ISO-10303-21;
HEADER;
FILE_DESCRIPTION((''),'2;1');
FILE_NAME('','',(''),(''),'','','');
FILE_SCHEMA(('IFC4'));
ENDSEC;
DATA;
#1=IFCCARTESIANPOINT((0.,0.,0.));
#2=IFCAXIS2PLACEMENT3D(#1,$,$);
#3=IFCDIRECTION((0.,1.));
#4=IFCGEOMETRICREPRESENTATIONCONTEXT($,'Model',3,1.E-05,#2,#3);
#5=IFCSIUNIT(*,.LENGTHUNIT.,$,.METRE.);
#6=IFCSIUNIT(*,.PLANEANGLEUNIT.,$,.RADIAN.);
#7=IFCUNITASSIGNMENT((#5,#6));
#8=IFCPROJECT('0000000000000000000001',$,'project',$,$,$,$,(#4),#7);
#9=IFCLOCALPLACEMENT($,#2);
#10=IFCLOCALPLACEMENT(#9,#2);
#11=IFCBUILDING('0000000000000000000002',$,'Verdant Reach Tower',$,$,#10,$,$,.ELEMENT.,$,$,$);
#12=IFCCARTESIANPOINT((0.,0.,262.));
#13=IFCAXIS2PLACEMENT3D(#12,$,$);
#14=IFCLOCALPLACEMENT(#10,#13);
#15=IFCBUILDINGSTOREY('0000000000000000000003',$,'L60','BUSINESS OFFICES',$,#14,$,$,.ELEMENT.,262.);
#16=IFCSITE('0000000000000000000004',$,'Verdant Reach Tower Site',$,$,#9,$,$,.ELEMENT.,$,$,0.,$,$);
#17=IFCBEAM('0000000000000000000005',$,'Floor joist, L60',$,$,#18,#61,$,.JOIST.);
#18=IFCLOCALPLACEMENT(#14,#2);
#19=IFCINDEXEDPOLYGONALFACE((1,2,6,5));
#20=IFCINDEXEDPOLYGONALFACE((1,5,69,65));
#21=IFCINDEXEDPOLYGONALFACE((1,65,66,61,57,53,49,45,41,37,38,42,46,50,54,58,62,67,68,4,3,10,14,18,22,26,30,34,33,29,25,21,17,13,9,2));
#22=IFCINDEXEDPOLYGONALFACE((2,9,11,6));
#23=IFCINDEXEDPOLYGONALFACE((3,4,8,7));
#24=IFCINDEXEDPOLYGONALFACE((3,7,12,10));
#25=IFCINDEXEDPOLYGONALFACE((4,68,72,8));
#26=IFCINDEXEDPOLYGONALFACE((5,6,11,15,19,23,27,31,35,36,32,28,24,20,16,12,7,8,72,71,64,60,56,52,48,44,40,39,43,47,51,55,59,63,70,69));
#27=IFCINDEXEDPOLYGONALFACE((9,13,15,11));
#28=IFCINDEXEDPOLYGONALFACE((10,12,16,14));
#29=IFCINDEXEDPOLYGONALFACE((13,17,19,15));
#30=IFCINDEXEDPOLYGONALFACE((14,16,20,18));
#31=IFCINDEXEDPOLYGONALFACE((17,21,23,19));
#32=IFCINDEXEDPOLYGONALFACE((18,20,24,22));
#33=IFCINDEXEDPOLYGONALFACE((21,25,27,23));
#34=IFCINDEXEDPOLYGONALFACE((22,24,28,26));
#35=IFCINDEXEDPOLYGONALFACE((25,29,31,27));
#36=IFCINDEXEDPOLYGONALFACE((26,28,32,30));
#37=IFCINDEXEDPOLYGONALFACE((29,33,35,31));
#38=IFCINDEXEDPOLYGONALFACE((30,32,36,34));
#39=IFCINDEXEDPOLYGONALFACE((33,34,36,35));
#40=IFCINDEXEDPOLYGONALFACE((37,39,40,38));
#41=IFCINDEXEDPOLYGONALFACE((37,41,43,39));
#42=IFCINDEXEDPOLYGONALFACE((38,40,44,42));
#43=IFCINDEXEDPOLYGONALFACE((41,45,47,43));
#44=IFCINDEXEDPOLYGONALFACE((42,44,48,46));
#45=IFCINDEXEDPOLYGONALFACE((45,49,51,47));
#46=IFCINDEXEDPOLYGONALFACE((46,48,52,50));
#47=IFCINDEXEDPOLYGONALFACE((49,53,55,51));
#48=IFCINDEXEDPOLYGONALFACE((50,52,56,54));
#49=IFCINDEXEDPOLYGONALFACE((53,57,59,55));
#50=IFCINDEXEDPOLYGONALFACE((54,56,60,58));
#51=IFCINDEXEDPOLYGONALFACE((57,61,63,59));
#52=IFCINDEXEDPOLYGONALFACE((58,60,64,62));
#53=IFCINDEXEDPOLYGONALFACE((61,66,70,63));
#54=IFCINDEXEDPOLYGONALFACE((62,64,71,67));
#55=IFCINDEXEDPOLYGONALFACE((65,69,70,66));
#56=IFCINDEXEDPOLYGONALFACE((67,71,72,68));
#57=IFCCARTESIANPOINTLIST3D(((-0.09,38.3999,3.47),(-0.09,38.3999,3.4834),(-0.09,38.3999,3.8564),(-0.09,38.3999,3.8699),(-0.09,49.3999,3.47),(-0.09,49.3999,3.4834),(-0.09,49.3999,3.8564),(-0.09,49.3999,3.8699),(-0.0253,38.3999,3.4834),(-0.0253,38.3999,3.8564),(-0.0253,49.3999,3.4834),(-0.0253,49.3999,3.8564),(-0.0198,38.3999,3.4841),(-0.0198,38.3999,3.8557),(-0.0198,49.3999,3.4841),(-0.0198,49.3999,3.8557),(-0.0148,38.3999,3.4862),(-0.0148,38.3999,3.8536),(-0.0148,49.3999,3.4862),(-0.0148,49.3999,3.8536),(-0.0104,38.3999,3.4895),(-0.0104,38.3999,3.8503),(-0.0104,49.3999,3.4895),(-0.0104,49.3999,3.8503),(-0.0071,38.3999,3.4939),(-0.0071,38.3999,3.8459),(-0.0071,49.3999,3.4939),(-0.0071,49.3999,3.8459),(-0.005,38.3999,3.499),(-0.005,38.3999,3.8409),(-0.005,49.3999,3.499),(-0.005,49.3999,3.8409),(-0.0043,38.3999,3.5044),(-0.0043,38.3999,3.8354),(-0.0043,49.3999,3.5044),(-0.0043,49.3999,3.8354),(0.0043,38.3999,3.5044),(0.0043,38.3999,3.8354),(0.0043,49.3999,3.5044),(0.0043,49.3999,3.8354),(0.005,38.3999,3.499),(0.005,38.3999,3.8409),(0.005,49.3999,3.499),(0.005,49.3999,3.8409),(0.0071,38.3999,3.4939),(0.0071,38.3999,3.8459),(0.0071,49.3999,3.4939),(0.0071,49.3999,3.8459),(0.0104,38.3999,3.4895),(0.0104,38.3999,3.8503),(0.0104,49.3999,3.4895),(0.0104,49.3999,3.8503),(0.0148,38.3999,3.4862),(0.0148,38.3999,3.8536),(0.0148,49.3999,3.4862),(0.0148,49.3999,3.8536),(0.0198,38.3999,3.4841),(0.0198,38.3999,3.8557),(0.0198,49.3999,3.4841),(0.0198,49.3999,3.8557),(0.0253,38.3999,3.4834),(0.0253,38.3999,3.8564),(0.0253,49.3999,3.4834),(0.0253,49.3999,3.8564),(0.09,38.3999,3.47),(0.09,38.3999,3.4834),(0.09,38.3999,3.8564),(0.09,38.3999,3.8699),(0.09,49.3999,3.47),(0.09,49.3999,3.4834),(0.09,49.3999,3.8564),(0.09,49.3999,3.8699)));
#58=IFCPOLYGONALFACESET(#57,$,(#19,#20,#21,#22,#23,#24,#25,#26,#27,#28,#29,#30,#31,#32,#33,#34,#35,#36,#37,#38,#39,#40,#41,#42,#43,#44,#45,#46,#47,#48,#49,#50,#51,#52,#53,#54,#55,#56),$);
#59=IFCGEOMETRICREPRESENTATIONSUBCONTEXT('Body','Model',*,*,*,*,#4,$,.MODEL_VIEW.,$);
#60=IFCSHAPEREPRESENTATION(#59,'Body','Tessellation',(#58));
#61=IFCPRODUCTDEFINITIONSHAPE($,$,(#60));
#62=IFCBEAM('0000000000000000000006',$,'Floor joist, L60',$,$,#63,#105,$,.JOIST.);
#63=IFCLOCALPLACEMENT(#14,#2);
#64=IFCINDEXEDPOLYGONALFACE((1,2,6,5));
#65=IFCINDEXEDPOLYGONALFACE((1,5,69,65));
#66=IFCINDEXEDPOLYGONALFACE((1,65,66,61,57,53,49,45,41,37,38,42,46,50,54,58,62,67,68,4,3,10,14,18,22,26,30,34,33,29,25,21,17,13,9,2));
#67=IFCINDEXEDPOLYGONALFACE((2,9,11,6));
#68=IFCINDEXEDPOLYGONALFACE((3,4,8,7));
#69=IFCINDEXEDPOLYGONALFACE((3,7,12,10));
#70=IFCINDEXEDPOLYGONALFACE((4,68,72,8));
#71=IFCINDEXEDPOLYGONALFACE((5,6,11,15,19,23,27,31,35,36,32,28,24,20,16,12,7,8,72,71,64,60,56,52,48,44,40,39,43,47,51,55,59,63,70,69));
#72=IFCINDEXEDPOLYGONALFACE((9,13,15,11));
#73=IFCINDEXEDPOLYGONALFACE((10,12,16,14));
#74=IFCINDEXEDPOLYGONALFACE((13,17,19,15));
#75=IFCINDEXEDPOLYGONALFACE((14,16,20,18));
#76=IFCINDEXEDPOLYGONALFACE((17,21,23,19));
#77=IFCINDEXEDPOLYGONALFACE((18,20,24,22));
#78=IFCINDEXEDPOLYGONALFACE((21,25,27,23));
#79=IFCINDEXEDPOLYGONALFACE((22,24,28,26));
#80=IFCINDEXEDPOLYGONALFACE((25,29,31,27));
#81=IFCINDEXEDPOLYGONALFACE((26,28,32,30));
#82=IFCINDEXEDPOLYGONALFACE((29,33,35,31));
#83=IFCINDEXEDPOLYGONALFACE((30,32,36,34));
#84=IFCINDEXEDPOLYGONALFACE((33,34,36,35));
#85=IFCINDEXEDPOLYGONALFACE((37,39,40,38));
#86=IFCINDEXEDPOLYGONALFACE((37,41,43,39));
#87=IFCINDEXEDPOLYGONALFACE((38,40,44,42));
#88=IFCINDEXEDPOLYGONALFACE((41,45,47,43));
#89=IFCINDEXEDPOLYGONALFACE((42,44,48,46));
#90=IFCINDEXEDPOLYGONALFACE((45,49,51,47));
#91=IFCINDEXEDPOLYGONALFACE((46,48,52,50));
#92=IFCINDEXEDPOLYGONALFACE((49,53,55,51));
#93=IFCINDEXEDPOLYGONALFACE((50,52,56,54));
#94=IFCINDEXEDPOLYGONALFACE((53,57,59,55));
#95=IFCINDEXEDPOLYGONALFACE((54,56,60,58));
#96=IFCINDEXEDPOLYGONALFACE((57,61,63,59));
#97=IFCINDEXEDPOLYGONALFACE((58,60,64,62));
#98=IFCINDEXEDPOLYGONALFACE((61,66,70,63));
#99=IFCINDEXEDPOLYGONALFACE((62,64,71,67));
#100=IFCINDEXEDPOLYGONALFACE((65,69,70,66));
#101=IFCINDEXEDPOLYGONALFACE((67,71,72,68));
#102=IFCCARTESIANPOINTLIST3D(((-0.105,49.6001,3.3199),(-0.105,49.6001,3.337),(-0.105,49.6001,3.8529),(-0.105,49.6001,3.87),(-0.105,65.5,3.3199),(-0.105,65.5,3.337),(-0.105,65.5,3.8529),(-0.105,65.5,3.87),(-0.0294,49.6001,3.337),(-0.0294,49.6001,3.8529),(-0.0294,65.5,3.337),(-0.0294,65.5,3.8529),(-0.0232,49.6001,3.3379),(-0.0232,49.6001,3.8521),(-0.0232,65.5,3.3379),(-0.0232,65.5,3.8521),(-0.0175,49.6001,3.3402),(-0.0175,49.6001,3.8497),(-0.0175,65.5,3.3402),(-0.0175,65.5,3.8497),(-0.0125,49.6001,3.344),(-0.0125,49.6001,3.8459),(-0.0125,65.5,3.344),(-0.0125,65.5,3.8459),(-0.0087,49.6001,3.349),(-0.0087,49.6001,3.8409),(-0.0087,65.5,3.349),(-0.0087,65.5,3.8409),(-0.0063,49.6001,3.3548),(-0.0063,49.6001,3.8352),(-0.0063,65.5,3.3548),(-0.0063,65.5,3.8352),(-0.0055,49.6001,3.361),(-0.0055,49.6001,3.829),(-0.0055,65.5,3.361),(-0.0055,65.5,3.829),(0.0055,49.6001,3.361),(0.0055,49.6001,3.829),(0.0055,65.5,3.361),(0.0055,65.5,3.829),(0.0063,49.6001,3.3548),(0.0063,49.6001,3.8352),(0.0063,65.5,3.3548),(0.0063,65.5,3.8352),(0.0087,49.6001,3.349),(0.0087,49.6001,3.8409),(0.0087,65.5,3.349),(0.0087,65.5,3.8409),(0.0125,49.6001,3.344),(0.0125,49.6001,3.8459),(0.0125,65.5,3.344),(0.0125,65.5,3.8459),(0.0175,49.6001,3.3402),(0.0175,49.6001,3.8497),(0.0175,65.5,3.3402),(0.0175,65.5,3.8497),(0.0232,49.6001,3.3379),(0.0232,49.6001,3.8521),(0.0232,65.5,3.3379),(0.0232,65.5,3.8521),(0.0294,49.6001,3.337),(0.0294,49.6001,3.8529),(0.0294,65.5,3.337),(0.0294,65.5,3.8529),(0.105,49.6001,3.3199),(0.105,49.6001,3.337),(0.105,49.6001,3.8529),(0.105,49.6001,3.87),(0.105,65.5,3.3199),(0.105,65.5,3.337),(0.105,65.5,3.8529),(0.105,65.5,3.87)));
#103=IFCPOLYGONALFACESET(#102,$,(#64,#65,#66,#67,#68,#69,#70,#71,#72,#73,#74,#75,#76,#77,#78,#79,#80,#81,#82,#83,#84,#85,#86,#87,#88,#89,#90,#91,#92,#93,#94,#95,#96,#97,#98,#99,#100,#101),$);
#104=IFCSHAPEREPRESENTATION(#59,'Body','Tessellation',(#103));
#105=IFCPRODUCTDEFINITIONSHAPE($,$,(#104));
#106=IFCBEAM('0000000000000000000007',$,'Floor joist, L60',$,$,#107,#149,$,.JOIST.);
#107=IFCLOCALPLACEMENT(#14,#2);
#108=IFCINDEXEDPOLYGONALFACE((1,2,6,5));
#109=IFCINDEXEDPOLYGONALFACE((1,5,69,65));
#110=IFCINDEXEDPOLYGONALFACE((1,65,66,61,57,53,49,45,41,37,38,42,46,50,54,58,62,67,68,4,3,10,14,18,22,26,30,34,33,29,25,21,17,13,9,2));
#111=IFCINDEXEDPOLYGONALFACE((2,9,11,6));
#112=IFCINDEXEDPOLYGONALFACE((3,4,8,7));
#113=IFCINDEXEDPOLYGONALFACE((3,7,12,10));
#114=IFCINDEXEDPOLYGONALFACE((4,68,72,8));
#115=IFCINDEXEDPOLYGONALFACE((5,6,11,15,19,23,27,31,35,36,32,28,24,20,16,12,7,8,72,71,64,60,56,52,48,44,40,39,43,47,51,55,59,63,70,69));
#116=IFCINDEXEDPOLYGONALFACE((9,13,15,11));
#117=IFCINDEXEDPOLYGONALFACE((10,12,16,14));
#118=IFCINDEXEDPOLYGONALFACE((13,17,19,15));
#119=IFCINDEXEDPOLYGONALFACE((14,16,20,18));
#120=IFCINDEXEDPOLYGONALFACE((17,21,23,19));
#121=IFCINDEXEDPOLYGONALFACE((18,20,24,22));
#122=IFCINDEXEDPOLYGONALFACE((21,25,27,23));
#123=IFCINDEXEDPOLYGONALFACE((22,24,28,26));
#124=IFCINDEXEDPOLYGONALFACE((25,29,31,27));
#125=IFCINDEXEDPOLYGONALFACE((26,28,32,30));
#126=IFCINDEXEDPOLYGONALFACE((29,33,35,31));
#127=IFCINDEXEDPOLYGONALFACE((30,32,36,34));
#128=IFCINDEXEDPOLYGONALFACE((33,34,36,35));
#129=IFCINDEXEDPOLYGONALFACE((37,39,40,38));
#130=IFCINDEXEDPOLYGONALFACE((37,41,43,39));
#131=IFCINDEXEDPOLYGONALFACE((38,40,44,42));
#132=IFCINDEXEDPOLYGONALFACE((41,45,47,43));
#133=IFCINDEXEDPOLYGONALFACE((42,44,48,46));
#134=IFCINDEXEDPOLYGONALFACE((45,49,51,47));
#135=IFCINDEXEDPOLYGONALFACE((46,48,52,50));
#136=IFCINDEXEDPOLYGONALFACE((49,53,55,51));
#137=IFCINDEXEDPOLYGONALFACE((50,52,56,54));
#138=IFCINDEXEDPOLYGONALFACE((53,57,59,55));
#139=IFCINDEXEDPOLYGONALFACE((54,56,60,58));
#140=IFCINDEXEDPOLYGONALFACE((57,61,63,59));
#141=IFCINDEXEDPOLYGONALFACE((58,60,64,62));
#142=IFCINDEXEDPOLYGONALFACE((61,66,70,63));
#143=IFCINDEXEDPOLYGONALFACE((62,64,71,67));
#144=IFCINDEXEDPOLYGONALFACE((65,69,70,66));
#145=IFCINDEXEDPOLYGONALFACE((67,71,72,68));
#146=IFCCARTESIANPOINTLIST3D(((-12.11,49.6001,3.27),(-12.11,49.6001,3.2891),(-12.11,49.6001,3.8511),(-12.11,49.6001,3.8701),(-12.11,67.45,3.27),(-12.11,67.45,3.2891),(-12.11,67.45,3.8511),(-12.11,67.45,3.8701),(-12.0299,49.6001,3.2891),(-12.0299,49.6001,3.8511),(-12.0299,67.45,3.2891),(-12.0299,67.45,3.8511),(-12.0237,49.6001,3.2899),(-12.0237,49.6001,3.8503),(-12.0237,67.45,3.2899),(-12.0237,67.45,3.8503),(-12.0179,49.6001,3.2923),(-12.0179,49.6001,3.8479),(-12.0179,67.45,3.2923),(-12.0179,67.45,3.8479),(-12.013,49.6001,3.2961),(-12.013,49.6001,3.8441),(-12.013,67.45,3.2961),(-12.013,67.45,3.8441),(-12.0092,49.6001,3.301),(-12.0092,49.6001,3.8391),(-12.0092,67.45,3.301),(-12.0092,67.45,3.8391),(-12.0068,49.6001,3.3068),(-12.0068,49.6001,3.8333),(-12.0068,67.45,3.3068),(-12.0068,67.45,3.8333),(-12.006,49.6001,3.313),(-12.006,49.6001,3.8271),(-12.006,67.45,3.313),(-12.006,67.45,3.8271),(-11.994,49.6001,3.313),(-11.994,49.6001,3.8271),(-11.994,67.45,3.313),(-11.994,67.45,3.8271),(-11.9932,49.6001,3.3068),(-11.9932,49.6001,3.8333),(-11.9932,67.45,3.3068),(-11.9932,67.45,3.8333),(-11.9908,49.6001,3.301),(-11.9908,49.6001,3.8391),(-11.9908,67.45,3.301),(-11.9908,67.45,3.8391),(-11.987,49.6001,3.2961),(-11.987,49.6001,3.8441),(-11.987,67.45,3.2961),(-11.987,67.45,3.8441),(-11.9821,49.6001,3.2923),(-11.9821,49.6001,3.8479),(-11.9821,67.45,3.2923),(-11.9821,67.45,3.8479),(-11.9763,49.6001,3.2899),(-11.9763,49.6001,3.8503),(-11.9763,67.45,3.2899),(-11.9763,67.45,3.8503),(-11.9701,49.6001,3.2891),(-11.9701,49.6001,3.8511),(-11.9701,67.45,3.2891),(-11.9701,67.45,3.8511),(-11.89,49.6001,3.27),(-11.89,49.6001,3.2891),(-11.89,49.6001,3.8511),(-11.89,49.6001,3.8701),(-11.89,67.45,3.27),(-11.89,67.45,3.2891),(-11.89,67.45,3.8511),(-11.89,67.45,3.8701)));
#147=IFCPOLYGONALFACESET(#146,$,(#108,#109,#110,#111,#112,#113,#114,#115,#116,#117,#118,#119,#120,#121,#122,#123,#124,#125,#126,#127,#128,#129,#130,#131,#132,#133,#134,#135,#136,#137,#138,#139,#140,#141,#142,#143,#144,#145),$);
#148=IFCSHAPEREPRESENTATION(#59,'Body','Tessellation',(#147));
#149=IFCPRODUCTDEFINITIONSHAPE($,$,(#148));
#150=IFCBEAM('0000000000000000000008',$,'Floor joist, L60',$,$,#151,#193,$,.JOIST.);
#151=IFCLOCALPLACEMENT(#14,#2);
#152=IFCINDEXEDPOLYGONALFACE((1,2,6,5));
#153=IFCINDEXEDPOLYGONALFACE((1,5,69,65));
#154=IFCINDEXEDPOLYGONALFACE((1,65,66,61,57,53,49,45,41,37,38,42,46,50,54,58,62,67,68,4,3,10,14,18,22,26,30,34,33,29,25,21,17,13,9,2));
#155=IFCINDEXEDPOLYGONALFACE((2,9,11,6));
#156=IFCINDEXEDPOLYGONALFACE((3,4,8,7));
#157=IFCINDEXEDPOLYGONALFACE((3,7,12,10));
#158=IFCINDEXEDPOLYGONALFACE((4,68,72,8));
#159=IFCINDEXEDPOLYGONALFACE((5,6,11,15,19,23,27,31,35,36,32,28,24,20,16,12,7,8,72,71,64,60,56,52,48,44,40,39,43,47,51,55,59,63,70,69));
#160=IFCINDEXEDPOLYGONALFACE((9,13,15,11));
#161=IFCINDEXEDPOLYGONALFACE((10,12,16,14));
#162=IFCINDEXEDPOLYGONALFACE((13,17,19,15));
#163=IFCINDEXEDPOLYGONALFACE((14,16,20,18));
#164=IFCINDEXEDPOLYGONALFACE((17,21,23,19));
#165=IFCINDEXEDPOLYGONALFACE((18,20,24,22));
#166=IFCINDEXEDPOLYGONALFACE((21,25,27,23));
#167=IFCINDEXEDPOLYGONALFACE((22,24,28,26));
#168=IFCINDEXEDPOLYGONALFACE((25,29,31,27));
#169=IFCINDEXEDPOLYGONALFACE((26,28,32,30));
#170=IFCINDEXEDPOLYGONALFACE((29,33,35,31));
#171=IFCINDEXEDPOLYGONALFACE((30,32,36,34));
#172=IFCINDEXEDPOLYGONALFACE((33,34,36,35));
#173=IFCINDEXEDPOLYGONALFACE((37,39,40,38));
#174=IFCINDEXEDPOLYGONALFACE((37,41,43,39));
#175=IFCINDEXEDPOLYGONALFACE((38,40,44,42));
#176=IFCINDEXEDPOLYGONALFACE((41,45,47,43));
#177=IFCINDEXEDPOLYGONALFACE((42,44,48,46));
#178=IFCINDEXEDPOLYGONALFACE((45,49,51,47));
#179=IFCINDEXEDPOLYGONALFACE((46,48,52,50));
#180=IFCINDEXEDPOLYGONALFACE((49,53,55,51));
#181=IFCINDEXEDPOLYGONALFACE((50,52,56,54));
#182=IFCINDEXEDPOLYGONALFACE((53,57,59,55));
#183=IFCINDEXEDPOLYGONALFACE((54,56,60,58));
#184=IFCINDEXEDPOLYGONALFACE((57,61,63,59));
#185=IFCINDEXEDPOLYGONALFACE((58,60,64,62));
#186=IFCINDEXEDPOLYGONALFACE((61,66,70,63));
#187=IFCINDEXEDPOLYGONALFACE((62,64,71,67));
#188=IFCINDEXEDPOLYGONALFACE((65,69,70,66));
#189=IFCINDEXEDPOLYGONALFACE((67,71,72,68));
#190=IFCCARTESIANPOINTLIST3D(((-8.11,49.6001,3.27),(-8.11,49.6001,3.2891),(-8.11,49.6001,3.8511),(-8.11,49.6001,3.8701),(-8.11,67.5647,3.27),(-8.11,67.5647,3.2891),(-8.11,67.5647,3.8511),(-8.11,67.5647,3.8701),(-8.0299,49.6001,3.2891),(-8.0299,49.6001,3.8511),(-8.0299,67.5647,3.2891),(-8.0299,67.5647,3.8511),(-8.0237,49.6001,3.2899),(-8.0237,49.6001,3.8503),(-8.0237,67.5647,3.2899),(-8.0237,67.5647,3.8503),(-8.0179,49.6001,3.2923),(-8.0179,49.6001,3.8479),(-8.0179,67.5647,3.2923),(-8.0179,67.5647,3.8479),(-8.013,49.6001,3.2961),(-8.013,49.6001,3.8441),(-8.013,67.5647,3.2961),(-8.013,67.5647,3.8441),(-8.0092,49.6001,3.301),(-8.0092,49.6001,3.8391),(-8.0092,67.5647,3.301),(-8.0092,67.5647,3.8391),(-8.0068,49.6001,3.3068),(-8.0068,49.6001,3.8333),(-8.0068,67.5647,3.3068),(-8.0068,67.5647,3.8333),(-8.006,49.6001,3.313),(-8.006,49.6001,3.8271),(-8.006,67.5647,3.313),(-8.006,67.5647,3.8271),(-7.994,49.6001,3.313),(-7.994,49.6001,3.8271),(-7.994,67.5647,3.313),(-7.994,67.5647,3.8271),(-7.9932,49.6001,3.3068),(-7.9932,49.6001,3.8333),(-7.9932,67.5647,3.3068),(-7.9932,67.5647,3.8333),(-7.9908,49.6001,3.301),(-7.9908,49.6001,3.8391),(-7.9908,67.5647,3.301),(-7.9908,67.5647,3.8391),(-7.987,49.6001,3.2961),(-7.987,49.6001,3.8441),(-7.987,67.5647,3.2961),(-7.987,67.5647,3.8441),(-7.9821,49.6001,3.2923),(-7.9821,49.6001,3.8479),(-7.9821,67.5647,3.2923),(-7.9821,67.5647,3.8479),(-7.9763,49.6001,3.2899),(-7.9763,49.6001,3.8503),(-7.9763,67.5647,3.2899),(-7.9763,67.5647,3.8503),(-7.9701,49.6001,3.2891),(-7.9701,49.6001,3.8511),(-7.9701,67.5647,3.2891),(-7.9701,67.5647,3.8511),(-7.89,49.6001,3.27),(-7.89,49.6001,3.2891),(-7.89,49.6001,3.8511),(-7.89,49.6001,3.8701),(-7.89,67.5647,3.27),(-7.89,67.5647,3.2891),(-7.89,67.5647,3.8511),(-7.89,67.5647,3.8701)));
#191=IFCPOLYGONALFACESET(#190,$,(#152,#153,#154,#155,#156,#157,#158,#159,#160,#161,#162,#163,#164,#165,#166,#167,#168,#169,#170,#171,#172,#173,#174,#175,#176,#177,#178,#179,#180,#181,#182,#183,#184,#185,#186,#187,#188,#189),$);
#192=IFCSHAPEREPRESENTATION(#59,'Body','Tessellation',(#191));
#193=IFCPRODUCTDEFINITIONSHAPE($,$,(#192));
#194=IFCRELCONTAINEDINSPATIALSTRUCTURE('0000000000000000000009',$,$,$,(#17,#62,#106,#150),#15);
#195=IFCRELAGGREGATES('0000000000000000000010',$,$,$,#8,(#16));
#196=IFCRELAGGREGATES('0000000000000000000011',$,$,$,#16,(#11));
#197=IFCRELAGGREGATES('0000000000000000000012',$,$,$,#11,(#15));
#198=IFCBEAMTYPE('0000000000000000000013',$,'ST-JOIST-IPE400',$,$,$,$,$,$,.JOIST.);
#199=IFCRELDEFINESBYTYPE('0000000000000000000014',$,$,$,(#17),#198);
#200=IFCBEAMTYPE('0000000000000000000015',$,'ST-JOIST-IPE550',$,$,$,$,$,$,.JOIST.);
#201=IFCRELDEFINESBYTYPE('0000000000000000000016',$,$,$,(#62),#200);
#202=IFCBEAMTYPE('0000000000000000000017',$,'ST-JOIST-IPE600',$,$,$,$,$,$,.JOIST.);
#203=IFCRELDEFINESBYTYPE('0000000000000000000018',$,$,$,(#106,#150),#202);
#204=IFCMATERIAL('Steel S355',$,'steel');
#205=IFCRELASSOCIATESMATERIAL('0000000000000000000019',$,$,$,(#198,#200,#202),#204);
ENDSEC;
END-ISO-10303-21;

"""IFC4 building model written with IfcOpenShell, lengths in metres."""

from ifc_helpers import new_model, si_unit, direction, frame, origin, origin_2d, place, context, subcontext, project, spatial, i_section, extrude, material, material_profile, profile_set, type_object, element, save


model = new_model("IFC4")

# Units and contexts
model_context = context("Model", 3, precision=1e-05, world=origin(), true_north=direction((0.0, 1.0)))
body_context = subcontext(model_context, "Body", "Model", "MODEL_VIEW")
ifc_project = project(units=[si_unit("LENGTHUNIT", "METRE"), si_unit("PLANEANGLEUNIT", "RADIAN")], contexts=[model_context])

# Site, building, storey
site_placement = place(None, origin())
site = spatial("IfcSite", under=ifc_project, at=site_placement, Name="Verdant Reach Tower Site", CompositionType="ELEMENT", RefElevation=0.0)
building_placement = place(site_placement, origin())
building = spatial("IfcBuilding", under=site, at=building_placement, Name="Verdant Reach Tower", CompositionType="ELEMENT")
storey_placement = place(building_placement, frame((0.0, 0.0, 262.0)))
storey = spatial("IfcBuildingStorey", under=building, at=storey_placement, Name="L60", Description="BUSINESS OFFICES", CompositionType="ELEMENT", Elevation=262.0)

# Beams
ifc_material_1 = material(Name="Steel S355", Category="steel")
ifc_material_profile_1 = material_profile(ifc_material_1, i_section(OverallWidth=0.1799, OverallDepth=0.3999, WebThickness=0.0085, FlangeThickness=0.0134, FilletRadius=0.021, at=origin_2d()), Name="IPE 400")
ifc_profile_set_1 = profile_set([ifc_material_profile_1], Name="Steel S355")
beam_type_1 = type_object("IfcBeamType", Name="ST-JOIST-IPE400", PredefinedType="JOIST", material=ifc_profile_set_1)
for number, where, z_axis, x_axis, name in (
    (1, (0.0, 38.3999, 3.6699), (0.0, 1.0, 0.0), (-1.0, 0.0, 0.0), "Floor joist, L60"),
):
    element("IfcBeam", number, at=place(storey_placement, frame(where, z_axis=z_axis, x_axis=x_axis)), inside=storey, type_object=beam_type_1, Name=name, PredefinedType="JOIST", context=body_context, shape_type="SweptSolid", body=[
        extrude(i_section(OverallWidth=0.1799, OverallDepth=0.3999, WebThickness=0.0085, FlangeThickness=0.0134, FilletRadius=0.021, at=origin_2d()), origin(), (0.0, 0.0, 1.0), 11.0),
    ])
ifc_material_profile_2 = material_profile(ifc_material_1, i_section(OverallWidth=0.21, OverallDepth=0.55, WebThickness=0.011, FlangeThickness=0.0171, FilletRadius=0.0239, at=origin_2d()), Name="IPE 550")
ifc_profile_set_2 = profile_set([ifc_material_profile_2], Name="Steel S355")
beam_type_2 = type_object("IfcBeamType", Name="ST-JOIST-IPE550", PredefinedType="JOIST", material=ifc_profile_set_2)
beam_1_placement = place(storey_placement, frame((0.0, 49.6001, 3.595), z_axis=(0.0, 1.0, 0.0), x_axis=(-1.0, 0.0, 0.0)))
element("IfcBeam", 2, at=beam_1_placement, inside=storey, type_object=beam_type_2, Name="Floor joist, L60", PredefinedType="JOIST", context=body_context, shape_type="SweptSolid", body=[
    extrude(i_section(OverallWidth=0.21, OverallDepth=0.55, WebThickness=0.011, FlangeThickness=0.0171, FilletRadius=0.0239, at=origin_2d()), origin(), (0.0, 0.0, 1.0), 15.8999),
])
ifc_material_profile_3 = material_profile(ifc_material_1, i_section(OverallWidth=0.22, OverallDepth=0.6001, WebThickness=0.012, FlangeThickness=0.019, FilletRadius=0.0239, at=origin_2d()), Name="IPE 600")
ifc_profile_set_3 = profile_set([ifc_material_profile_3], Name="Steel S355")
beam_type_3 = type_object("IfcBeamType", Name="ST-JOIST-IPE600", PredefinedType="JOIST", material=ifc_profile_set_3)
beam_2_placement = place(storey_placement, frame((-12.0, 49.6001, 3.5701), z_axis=(0.0, 1.0, 0.0), x_axis=(-1.0, 0.0, 0.0)))
element("IfcBeam", 3, at=beam_2_placement, inside=storey, type_object=beam_type_3, Name="Floor joist, L60", PredefinedType="JOIST", context=body_context, shape_type="SweptSolid", body=[
    extrude(i_section(OverallWidth=0.22, OverallDepth=0.6001, WebThickness=0.012, FlangeThickness=0.019, FilletRadius=0.0239, at=origin_2d()), origin(), (0.0, 0.0, 1.0), 17.8499),
])
beam_3_placement = place(storey_placement, frame((-8.0, 49.6001, 3.5701), z_axis=(0.0, 1.0, 0.0), x_axis=(-1.0, 0.0, 0.0)))
element("IfcBeam", 4, at=beam_3_placement, inside=storey, type_object=beam_type_3, Name="Floor joist, L60", PredefinedType="JOIST", context=body_context, shape_type="SweptSolid", body=[
    extrude(i_section(OverallWidth=0.22, OverallDepth=0.6001, WebThickness=0.012, FlangeThickness=0.019, FilletRadius=0.0239, at=origin_2d()), origin(), (0.0, 0.0, 1.0), 17.9646),
])

save(model, "model.ifc")
